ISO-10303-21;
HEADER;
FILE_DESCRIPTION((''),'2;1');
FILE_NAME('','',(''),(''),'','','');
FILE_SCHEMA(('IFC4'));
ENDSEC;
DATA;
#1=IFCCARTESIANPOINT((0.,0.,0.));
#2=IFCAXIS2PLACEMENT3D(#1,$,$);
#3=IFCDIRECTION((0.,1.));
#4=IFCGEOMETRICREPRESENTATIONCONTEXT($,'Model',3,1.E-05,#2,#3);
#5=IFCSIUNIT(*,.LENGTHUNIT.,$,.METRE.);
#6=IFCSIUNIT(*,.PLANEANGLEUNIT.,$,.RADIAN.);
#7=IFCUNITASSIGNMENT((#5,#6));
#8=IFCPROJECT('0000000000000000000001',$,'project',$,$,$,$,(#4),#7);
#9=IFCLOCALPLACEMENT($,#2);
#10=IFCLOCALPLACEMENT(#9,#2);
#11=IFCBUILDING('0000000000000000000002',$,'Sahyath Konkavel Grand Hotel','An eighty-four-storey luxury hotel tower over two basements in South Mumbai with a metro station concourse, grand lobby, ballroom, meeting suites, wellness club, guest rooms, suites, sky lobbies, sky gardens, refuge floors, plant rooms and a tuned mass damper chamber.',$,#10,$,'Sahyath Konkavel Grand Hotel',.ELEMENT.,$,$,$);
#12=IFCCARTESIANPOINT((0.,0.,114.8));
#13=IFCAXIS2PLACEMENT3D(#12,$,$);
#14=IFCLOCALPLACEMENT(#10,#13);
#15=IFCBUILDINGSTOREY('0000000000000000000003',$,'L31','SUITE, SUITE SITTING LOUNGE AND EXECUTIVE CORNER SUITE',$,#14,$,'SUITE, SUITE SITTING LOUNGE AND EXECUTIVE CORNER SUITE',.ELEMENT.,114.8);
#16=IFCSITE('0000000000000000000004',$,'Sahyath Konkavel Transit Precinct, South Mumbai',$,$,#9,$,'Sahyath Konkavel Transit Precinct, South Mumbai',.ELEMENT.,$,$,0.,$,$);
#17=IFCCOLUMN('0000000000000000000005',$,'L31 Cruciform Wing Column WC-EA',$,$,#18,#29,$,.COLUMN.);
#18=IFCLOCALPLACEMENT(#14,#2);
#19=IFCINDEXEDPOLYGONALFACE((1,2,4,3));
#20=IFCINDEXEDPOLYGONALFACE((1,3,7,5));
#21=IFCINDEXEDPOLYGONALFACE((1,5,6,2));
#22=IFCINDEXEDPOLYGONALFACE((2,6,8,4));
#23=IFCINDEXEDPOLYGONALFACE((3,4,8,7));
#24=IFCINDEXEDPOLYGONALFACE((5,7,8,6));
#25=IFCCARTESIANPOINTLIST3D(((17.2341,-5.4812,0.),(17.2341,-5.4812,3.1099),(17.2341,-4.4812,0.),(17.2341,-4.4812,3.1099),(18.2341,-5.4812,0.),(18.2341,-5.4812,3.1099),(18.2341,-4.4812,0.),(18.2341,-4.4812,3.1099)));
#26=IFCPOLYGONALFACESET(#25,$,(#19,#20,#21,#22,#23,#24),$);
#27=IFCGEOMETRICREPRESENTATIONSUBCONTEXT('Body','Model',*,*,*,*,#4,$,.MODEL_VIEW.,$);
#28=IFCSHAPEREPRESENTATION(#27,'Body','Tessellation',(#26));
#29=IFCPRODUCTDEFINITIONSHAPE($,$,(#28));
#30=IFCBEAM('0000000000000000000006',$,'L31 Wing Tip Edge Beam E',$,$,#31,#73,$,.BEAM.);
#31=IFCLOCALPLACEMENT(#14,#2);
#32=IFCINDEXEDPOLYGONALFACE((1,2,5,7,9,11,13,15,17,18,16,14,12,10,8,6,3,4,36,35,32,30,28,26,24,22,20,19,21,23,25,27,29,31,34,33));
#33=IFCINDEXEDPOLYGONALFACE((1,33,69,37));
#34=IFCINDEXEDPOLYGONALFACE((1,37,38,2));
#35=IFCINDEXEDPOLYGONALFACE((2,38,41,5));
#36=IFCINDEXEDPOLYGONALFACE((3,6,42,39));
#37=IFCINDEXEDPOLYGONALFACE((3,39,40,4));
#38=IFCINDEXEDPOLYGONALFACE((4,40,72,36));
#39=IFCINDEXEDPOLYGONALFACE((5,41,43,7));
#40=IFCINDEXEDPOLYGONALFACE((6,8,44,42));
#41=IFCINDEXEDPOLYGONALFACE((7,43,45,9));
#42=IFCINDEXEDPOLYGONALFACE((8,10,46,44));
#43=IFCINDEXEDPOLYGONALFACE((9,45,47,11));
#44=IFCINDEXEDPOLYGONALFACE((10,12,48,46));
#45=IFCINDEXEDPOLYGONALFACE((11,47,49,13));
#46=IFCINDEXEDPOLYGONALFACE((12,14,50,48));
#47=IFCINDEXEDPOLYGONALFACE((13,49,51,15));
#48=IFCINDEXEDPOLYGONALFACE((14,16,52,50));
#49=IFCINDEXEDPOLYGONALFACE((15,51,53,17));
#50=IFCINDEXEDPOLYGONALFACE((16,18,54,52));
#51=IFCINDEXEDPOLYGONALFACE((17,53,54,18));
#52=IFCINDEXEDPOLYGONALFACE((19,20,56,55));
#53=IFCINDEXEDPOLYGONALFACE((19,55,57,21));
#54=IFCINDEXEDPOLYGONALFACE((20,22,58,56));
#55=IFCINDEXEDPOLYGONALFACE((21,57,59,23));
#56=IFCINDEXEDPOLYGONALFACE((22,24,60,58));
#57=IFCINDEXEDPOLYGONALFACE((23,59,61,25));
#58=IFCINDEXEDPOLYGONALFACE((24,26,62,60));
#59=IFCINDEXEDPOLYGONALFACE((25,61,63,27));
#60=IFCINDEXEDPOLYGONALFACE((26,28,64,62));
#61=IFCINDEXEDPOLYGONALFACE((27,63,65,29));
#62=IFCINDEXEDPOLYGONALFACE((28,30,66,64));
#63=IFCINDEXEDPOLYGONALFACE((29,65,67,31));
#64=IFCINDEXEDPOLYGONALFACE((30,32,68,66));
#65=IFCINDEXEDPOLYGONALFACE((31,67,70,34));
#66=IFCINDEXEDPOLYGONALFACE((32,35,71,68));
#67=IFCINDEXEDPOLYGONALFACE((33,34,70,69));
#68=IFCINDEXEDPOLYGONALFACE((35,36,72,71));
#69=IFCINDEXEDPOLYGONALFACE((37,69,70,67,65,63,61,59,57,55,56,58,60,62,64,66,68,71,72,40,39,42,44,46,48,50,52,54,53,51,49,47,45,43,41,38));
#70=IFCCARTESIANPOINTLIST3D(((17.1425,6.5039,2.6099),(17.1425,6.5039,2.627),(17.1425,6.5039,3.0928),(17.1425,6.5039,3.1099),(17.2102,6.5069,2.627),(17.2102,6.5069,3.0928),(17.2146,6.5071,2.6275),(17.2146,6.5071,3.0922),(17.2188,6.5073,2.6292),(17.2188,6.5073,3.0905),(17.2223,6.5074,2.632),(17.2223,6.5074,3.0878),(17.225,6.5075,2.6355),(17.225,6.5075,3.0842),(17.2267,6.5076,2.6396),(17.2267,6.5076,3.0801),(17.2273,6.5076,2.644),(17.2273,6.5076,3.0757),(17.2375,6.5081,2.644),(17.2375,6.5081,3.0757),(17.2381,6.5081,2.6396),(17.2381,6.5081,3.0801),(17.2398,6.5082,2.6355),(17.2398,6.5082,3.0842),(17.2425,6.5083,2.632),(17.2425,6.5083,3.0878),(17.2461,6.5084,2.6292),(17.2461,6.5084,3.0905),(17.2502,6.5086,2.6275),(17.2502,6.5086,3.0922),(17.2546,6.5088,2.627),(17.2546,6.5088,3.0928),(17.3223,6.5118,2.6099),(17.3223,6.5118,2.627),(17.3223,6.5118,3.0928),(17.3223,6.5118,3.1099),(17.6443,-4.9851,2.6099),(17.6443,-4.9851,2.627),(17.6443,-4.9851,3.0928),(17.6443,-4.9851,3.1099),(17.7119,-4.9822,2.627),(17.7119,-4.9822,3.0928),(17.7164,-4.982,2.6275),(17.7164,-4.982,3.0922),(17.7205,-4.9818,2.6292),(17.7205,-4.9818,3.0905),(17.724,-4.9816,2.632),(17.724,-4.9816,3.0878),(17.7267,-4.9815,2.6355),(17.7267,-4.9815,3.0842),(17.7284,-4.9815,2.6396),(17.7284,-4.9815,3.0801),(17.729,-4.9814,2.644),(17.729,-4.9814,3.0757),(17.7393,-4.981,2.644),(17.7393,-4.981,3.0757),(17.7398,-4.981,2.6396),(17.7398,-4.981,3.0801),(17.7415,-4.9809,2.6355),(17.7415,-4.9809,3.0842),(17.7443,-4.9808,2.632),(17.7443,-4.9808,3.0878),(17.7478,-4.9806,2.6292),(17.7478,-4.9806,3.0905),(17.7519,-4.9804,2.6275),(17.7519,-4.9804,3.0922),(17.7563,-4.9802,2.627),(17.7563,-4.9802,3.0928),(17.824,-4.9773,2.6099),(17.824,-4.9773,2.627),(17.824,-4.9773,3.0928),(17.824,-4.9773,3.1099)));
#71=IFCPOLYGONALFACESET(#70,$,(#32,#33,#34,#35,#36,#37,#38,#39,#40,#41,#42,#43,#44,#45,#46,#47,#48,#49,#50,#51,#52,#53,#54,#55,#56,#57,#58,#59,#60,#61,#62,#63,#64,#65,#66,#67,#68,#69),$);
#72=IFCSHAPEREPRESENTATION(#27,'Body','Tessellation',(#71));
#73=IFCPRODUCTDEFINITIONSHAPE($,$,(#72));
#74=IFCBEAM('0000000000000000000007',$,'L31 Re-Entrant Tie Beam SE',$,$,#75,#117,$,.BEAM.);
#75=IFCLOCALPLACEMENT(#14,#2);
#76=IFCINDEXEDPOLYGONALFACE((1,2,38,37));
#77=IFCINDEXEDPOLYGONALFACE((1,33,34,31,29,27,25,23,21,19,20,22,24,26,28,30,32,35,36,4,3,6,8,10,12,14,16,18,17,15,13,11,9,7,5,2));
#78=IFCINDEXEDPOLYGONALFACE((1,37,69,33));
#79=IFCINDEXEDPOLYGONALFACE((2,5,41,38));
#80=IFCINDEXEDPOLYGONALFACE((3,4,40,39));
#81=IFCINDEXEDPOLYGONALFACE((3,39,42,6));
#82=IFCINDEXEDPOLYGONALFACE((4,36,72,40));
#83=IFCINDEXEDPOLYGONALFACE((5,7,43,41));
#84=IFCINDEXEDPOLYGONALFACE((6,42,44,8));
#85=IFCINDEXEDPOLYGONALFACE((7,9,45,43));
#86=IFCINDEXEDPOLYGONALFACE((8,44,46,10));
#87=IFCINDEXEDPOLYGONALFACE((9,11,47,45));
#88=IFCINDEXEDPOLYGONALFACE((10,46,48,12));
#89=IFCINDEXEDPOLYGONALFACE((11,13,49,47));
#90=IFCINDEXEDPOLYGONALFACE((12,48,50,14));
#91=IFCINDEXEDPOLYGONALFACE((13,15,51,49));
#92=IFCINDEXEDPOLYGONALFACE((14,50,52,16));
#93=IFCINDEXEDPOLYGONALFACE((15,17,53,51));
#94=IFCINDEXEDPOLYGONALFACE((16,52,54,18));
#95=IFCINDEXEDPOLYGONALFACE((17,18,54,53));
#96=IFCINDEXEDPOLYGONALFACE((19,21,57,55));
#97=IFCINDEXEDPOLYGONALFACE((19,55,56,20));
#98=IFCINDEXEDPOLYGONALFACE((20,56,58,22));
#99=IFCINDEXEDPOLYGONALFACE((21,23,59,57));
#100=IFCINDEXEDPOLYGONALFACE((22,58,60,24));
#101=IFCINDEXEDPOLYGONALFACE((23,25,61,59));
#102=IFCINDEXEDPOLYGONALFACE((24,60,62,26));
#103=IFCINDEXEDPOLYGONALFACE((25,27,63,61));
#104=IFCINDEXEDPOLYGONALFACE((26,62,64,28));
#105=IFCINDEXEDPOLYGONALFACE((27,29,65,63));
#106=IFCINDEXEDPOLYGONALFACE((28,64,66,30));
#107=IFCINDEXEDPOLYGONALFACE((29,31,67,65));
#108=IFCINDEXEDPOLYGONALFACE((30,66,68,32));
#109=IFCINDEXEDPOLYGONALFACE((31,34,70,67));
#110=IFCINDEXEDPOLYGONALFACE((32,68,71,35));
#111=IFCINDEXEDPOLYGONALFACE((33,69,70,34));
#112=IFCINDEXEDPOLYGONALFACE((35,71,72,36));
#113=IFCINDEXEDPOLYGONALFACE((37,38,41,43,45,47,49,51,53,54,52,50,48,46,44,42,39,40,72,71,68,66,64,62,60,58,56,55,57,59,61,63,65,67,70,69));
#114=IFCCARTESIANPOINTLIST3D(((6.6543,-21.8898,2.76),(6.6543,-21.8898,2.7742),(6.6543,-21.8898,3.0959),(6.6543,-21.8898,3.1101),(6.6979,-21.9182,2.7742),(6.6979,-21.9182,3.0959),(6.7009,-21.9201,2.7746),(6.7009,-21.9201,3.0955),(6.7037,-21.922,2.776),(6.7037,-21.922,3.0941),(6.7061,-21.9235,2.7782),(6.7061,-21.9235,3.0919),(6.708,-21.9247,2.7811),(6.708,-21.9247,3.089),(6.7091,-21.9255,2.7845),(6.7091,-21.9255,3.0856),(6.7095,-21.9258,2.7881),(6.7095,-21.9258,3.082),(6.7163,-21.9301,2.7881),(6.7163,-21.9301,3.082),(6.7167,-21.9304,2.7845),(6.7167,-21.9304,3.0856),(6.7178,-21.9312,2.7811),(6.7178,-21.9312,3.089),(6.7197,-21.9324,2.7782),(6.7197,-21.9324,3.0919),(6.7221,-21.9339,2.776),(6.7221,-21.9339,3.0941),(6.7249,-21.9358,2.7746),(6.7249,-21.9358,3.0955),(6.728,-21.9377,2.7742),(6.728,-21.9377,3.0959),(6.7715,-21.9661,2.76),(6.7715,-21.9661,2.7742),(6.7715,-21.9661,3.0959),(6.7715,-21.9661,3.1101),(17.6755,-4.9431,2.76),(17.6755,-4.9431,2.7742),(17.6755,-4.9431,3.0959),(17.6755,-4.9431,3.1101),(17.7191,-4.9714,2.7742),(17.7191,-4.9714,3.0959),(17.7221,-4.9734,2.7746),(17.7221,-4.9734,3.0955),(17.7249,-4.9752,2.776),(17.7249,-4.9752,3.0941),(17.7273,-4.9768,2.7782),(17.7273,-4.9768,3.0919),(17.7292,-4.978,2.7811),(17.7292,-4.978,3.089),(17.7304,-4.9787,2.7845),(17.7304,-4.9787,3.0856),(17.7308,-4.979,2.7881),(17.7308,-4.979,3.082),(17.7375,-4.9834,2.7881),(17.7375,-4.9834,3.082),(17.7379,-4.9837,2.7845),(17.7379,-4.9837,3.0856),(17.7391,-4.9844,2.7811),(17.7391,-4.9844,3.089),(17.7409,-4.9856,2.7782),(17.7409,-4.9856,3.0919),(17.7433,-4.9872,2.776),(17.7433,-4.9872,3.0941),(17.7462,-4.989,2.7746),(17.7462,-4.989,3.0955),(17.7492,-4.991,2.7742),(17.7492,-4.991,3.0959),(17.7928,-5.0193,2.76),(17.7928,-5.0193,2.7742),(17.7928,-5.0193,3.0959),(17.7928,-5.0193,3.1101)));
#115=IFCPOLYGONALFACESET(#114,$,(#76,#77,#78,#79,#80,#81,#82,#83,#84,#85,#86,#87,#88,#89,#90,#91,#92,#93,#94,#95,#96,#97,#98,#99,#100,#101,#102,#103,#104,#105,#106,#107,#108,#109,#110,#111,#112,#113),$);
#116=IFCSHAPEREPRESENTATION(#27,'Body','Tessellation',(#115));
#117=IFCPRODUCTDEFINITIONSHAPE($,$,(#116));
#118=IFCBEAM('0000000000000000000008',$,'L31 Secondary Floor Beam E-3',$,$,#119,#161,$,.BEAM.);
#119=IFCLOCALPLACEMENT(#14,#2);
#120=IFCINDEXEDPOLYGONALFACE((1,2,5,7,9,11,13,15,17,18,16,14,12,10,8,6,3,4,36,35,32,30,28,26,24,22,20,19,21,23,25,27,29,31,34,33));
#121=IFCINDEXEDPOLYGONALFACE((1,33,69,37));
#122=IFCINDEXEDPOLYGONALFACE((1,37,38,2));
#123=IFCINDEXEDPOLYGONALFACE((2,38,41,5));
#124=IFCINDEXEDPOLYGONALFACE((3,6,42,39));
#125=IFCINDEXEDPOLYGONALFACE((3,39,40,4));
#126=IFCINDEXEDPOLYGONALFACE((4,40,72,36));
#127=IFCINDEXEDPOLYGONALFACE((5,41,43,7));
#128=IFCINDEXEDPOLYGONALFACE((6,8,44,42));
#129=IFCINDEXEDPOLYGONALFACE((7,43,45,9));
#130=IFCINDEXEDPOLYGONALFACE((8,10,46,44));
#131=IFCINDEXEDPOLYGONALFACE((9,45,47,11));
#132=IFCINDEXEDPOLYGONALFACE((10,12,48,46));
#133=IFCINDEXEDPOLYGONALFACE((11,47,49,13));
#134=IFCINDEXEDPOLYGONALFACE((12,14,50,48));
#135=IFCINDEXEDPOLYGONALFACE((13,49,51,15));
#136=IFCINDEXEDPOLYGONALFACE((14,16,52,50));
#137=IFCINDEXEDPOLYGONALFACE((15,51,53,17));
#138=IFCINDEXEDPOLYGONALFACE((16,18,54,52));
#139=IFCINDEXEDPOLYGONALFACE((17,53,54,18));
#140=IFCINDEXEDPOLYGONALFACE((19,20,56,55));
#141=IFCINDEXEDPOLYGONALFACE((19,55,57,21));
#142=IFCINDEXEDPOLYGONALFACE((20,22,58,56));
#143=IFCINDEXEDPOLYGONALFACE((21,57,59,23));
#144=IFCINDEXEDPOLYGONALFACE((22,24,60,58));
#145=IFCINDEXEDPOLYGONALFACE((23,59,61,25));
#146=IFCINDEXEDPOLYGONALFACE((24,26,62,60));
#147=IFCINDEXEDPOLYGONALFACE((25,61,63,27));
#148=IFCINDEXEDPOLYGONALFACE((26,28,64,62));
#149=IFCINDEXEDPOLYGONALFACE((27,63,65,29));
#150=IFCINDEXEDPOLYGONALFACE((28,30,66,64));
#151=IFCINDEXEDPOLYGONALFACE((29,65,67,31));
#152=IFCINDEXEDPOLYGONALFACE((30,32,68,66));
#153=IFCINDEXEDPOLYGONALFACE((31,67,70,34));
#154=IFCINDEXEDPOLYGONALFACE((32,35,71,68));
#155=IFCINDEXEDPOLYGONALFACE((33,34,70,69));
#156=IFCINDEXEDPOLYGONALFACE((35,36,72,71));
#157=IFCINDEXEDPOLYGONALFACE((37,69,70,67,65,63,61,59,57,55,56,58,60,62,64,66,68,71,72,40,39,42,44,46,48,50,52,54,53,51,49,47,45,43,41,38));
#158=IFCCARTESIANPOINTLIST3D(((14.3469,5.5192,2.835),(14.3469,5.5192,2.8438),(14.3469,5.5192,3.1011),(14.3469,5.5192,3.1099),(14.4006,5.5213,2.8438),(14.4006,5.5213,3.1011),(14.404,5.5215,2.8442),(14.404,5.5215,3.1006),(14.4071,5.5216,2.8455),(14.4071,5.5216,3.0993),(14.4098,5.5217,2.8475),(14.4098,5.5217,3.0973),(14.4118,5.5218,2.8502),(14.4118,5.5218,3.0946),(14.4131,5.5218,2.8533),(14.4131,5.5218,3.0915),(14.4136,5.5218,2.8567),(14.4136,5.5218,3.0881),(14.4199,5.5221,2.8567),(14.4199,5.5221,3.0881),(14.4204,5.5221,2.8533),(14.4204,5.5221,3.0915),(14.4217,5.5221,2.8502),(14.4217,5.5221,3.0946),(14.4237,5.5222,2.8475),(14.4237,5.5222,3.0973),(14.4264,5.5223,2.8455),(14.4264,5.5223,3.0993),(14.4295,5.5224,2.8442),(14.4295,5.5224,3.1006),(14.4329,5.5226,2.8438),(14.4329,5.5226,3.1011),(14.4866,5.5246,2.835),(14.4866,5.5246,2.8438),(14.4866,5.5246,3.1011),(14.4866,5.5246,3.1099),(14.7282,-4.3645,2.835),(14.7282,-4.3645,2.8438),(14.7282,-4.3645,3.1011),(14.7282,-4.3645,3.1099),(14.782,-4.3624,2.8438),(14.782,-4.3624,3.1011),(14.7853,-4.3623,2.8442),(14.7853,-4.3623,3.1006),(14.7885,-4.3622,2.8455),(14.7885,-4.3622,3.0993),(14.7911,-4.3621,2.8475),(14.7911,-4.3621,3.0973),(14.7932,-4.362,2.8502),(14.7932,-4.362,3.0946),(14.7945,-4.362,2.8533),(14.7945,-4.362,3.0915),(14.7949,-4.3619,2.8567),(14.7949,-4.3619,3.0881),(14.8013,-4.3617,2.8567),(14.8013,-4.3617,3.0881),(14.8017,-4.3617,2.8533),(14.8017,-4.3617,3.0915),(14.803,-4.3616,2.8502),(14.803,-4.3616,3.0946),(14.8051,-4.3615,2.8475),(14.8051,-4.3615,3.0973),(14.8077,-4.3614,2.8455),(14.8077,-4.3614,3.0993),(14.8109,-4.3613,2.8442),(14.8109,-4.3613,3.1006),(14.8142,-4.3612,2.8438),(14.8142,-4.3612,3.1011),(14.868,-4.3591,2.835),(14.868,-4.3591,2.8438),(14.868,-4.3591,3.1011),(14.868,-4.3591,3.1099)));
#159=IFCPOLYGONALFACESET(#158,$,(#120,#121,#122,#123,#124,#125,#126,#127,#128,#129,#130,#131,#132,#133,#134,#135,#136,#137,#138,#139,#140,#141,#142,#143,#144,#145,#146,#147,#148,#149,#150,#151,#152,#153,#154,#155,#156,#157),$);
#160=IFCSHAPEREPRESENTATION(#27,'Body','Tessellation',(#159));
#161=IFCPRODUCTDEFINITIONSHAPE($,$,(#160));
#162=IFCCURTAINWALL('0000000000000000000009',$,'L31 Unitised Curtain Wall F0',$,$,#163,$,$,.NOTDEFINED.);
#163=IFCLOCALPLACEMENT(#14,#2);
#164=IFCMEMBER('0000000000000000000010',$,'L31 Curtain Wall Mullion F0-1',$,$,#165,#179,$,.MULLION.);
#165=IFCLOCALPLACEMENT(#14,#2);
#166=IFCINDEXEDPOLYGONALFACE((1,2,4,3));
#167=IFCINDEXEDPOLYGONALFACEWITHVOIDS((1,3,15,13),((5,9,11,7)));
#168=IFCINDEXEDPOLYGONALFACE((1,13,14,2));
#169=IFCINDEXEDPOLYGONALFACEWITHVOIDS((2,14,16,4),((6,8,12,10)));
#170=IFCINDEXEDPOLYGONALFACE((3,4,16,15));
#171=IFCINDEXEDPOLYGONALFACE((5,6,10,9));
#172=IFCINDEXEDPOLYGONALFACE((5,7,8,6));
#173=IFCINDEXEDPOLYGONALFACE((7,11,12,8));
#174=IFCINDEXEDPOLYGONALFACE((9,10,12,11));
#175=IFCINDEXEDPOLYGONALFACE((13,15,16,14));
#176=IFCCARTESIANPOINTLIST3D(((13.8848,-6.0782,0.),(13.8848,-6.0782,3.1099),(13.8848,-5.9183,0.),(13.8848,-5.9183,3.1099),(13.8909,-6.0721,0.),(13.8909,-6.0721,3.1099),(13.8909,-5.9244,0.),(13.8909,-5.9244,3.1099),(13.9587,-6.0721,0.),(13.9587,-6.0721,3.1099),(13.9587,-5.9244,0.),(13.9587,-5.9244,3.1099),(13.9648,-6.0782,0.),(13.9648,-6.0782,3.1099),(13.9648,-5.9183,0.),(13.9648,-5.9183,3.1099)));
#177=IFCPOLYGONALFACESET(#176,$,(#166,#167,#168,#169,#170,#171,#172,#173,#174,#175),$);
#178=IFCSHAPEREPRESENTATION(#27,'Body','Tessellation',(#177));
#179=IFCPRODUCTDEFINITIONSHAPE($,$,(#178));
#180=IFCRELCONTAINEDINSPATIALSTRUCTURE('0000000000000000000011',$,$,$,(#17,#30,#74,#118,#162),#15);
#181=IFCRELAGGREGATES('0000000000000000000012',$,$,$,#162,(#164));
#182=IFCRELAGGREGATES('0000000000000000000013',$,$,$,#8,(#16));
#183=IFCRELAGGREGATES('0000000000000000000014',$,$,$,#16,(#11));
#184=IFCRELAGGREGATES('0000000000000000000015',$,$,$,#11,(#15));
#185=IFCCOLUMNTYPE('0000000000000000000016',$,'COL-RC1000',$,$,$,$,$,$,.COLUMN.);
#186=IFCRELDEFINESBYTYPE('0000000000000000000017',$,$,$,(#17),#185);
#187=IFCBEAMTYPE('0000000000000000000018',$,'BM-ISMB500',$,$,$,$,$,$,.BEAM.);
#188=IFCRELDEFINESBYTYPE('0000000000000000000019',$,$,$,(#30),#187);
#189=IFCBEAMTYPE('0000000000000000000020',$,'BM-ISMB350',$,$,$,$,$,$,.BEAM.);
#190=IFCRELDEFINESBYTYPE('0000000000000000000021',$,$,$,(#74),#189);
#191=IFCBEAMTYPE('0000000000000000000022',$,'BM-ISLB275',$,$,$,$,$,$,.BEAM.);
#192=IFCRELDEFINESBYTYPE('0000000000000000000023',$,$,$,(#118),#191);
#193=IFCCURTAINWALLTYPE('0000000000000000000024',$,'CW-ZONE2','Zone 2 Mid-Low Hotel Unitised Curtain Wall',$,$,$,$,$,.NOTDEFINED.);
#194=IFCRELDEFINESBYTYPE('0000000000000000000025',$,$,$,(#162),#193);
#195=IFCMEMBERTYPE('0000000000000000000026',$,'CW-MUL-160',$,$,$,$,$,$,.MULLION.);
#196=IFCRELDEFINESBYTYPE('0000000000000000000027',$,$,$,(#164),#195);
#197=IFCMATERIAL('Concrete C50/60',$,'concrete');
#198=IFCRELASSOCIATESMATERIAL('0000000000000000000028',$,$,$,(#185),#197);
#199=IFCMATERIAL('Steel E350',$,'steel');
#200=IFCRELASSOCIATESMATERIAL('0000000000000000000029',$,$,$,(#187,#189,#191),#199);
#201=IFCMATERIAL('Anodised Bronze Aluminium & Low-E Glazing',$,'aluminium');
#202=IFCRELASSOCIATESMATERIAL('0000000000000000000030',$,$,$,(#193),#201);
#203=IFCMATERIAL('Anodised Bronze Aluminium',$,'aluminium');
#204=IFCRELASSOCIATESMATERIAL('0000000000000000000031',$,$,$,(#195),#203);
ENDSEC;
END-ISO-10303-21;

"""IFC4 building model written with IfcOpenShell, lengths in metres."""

from ifc_helpers import new_model, si_unit, direction, frame, origin, origin_2d, place, context, subcontext, project, spatial, rectangle, hollow_rectangle, i_section, extrude, source, transform, mapped, material, material_profile, profile_set, type_object, element, aggregate, save


model = new_model("IFC4")

# Units and contexts
model_context = context("Model", 3, precision=1e-05, world=origin(), true_north=direction((0.0, 1.0)))
body_context = subcontext(model_context, "Body", "Model", "MODEL_VIEW")
ifc_project = project(units=[si_unit("LENGTHUNIT", "METRE"), si_unit("PLANEANGLEUNIT", "RADIAN")], contexts=[model_context])

# Site, building, storey
site_placement = place(None, origin())
site = spatial("IfcSite", under=ifc_project, at=site_placement, Name="Sahyath Konkavel Transit Precinct, South Mumbai", LongName="Sahyath Konkavel Transit Precinct, South Mumbai", CompositionType="ELEMENT", RefElevation=0.0)
building_placement = place(site_placement, origin())
building = spatial("IfcBuilding", under=site, at=building_placement, Name="Sahyath Konkavel Grand Hotel", Description="An eighty-four-storey luxury hotel tower over two basements in South Mumbai with a metro station concourse, grand lobby, ballroom, meeting suites, wellness club, guest rooms, suites, sky lobbies, sky gardens, refuge floors, plant rooms and a tuned mass damper chamber.", LongName="Sahyath Konkavel Grand Hotel", CompositionType="ELEMENT")
storey_placement = place(building_placement, frame((0.0, 0.0, 114.8)))
storey = spatial("IfcBuildingStorey", under=building, at=storey_placement, Name="L31", Description="SUITE, SUITE SITTING LOUNGE AND EXECUTIVE CORNER SUITE", LongName="SUITE, SUITE SITTING LOUNGE AND EXECUTIVE CORNER SUITE", CompositionType="ELEMENT", Elevation=114.8)

# Column
ifc_material_1 = material(Name="Concrete C50/60", Category="concrete")
ifc_material_profile_1 = material_profile(ifc_material_1, rectangle(XDim=1.0, YDim=1.0, at=origin_2d()), Name="RC 1000x1000")
ifc_profile_set_1 = profile_set([ifc_material_profile_1], Name="Concrete C50/60")
column_type = type_object("IfcColumnType", Name="COL-RC1000", PredefinedType="COLUMN", material=ifc_profile_set_1)
shared_shape_1 = source(origin(), body_context, "Body", "SweptSolid", [
    extrude(rectangle(XDim=1.0, YDim=1.0, at=origin_2d()), origin(), (0.0, 0.0, 1.0), 3.1099),
])
column_placement = place(storey_placement, frame((17.7341, -4.9812, 0.0), z_axis=(0.0, 0.0, 1.0), x_axis=(1.0, 0.0, 0.0)))
element("IfcColumn", 1, at=column_placement, inside=storey, type_object=column_type, Name="L31 Cruciform Wing Column WC-EA", PredefinedType="COLUMN", context=body_context, shape_type="MappedRepresentation", body=[
    mapped(shared_shape_1, transform((0.0, 0.0, 0.0), scale=1.0)),
])

# Beams
ifc_material_2 = material(Name="Steel E350", Category="steel")
ifc_material_profile_2 = material_profile(ifc_material_2, i_section(OverallWidth=0.1799, OverallDepth=0.5, WebThickness=0.0103, FlangeThickness=0.0171, FilletRadius=0.0171, at=origin_2d()), Name="ISMB 500")
ifc_profile_set_2 = profile_set([ifc_material_profile_2], Name="Steel E350")
beam_type_1 = type_object("IfcBeamType", Name="BM-ISMB500", PredefinedType="BEAM", material=ifc_profile_set_2)
shared_shape_2 = source(origin(), body_context, "Body", "SweptSolid", [
    extrude(i_section(OverallWidth=0.1799, OverallDepth=0.5, WebThickness=0.0103, FlangeThickness=0.0171, FilletRadius=0.0171, at=origin_2d()), origin(), (0.0, 0.0, 1.0), 11.5),
])
beam_1_placement = place(storey_placement, frame((17.7341, -4.9812, 2.8599), z_axis=(-0.043627, 0.999048, 0.0), x_axis=(-0.999048, -0.043627, 0.0)))
element("IfcBeam", 2, at=beam_1_placement, inside=storey, type_object=beam_type_1, Name="L31 Wing Tip Edge Beam E", PredefinedType="BEAM", context=body_context, shape_type="MappedRepresentation", body=[
    mapped(shared_shape_2, transform((0.0, 0.0, 0.0), scale=1.0)),
])
ifc_material_profile_3 = material_profile(ifc_material_2, i_section(OverallWidth=0.1399, OverallDepth=0.3501, WebThickness=0.0081, FlangeThickness=0.0142, FilletRadius=0.0139, at=origin_2d()), Name="ISMB 350")
ifc_profile_set_3 = profile_set([ifc_material_profile_3], Name="Steel E350")
beam_type_2 = type_object("IfcBeamType", Name="BM-ISMB350", PredefinedType="BEAM", material=ifc_profile_set_3)
shared_shape_3 = source(origin(), body_context, "Body", "SweptSolid", [
    extrude(i_section(OverallWidth=0.1399, OverallDepth=0.3501, WebThickness=0.0081, FlangeThickness=0.0142, FilletRadius=0.0139, at=origin_2d()), origin(), (0.0, 0.0, 1.0), 20.2153),
])
beam_2_placement = place(storey_placement, frame((17.7341, -4.9812, 2.9351), z_axis=(-0.545191, -0.838312, 0.0), x_axis=(0.838312, -0.545191, 0.0)))
element("IfcBeam", 3, at=beam_2_placement, inside=storey, type_object=beam_type_2, Name="L31 Re-Entrant Tie Beam SE", PredefinedType="BEAM", context=body_context, shape_type="MappedRepresentation", body=[
    mapped(shared_shape_3, transform((0.0, 0.0, 0.0), scale=1.0)),
])
ifc_material_profile_4 = material_profile(ifc_material_2, i_section(OverallWidth=0.1399, OverallDepth=0.2749, WebThickness=0.0063, FlangeThickness=0.0088, FilletRadius=0.0129, at=origin_2d()), Name="ISLB 275")
ifc_profile_set_4 = profile_set([ifc_material_profile_4], Name="Steel E350")
beam_type_3 = type_object("IfcBeamType", Name="BM-ISLB275", PredefinedType="BEAM", material=ifc_profile_set_4)
shared_shape_4 = source(origin(), body_context, "Body", "SweptSolid", [
    extrude(i_section(OverallWidth=0.1399, OverallDepth=0.2749, WebThickness=0.0063, FlangeThickness=0.0088, FilletRadius=0.0129, at=origin_2d()), origin(), (0.0, 0.0, 1.0), 9.8911),
])
beam_3_placement = place(storey_placement, frame((14.7981, -4.3618, 2.9724), z_axis=(-0.038554, 0.999257, 0.0), x_axis=(-0.999257, -0.038554, 0.0)))
element("IfcBeam", 4, at=beam_3_placement, inside=storey, type_object=beam_type_3, Name="L31 Secondary Floor Beam E-3", PredefinedType="BEAM", context=body_context, shape_type="MappedRepresentation", body=[
    mapped(shared_shape_4, transform((0.0, 0.0, 0.0), scale=1.0)),
])

# Curtain wall, member
ifc_material_3 = material(Name="Anodised Bronze Aluminium & Low-E Glazing", Category="aluminium")
curtain_wall_type = type_object("IfcCurtainWallType", Name="CW-ZONE2", Description="Zone 2 Mid-Low Hotel Unitised Curtain Wall", PredefinedType="NOTDEFINED", material=ifc_material_3)
curtain_wall_1_placement = place(storey_placement, origin())
curtain_wall_1 = element("IfcCurtainWall", 5, at=curtain_wall_1_placement, inside=storey, type_object=curtain_wall_type, Name="L31 Unitised Curtain Wall F0", PredefinedType="NOTDEFINED")
ifc_material_4 = material(Name="Anodised Bronze Aluminium", Category="aluminium")
ifc_material_profile_5 = material_profile(ifc_material_4, hollow_rectangle(XDim=0.0801, YDim=0.1599, WallThickness=0.0061, at=origin_2d()), Name="RHS 160x80x6")
ifc_profile_set_5 = profile_set([ifc_material_profile_5], Name="Anodised Bronze Aluminium")
member_type_1 = type_object("IfcMemberType", Name="CW-MUL-160", PredefinedType="MULLION", material=ifc_profile_set_5)
shared_shape_5 = source(origin(), body_context, "Body", "SweptSolid", [
    extrude(hollow_rectangle(XDim=0.0801, YDim=0.1599, WallThickness=0.0061, at=origin_2d()), origin(), (0.0, 0.0, 1.0), 3.1099),
])
member_1_placement = place(storey_placement, frame((13.9248, -5.9983, 0.0), z_axis=(0.0, 0.0, 1.0), x_axis=(1.0, 0.0, 0.0)))
member_1 = element("IfcMember", 6, at=member_1_placement, type_object=member_type_1, Name="L31 Curtain Wall Mullion F0-1", PredefinedType="MULLION", context=body_context, shape_type="MappedRepresentation", body=[
    mapped(shared_shape_5, transform((0.0, 0.0, 0.0), scale=1.0)),
])

aggregate(curtain_wall_1, [member_1])

save(model, "model.ifc")
